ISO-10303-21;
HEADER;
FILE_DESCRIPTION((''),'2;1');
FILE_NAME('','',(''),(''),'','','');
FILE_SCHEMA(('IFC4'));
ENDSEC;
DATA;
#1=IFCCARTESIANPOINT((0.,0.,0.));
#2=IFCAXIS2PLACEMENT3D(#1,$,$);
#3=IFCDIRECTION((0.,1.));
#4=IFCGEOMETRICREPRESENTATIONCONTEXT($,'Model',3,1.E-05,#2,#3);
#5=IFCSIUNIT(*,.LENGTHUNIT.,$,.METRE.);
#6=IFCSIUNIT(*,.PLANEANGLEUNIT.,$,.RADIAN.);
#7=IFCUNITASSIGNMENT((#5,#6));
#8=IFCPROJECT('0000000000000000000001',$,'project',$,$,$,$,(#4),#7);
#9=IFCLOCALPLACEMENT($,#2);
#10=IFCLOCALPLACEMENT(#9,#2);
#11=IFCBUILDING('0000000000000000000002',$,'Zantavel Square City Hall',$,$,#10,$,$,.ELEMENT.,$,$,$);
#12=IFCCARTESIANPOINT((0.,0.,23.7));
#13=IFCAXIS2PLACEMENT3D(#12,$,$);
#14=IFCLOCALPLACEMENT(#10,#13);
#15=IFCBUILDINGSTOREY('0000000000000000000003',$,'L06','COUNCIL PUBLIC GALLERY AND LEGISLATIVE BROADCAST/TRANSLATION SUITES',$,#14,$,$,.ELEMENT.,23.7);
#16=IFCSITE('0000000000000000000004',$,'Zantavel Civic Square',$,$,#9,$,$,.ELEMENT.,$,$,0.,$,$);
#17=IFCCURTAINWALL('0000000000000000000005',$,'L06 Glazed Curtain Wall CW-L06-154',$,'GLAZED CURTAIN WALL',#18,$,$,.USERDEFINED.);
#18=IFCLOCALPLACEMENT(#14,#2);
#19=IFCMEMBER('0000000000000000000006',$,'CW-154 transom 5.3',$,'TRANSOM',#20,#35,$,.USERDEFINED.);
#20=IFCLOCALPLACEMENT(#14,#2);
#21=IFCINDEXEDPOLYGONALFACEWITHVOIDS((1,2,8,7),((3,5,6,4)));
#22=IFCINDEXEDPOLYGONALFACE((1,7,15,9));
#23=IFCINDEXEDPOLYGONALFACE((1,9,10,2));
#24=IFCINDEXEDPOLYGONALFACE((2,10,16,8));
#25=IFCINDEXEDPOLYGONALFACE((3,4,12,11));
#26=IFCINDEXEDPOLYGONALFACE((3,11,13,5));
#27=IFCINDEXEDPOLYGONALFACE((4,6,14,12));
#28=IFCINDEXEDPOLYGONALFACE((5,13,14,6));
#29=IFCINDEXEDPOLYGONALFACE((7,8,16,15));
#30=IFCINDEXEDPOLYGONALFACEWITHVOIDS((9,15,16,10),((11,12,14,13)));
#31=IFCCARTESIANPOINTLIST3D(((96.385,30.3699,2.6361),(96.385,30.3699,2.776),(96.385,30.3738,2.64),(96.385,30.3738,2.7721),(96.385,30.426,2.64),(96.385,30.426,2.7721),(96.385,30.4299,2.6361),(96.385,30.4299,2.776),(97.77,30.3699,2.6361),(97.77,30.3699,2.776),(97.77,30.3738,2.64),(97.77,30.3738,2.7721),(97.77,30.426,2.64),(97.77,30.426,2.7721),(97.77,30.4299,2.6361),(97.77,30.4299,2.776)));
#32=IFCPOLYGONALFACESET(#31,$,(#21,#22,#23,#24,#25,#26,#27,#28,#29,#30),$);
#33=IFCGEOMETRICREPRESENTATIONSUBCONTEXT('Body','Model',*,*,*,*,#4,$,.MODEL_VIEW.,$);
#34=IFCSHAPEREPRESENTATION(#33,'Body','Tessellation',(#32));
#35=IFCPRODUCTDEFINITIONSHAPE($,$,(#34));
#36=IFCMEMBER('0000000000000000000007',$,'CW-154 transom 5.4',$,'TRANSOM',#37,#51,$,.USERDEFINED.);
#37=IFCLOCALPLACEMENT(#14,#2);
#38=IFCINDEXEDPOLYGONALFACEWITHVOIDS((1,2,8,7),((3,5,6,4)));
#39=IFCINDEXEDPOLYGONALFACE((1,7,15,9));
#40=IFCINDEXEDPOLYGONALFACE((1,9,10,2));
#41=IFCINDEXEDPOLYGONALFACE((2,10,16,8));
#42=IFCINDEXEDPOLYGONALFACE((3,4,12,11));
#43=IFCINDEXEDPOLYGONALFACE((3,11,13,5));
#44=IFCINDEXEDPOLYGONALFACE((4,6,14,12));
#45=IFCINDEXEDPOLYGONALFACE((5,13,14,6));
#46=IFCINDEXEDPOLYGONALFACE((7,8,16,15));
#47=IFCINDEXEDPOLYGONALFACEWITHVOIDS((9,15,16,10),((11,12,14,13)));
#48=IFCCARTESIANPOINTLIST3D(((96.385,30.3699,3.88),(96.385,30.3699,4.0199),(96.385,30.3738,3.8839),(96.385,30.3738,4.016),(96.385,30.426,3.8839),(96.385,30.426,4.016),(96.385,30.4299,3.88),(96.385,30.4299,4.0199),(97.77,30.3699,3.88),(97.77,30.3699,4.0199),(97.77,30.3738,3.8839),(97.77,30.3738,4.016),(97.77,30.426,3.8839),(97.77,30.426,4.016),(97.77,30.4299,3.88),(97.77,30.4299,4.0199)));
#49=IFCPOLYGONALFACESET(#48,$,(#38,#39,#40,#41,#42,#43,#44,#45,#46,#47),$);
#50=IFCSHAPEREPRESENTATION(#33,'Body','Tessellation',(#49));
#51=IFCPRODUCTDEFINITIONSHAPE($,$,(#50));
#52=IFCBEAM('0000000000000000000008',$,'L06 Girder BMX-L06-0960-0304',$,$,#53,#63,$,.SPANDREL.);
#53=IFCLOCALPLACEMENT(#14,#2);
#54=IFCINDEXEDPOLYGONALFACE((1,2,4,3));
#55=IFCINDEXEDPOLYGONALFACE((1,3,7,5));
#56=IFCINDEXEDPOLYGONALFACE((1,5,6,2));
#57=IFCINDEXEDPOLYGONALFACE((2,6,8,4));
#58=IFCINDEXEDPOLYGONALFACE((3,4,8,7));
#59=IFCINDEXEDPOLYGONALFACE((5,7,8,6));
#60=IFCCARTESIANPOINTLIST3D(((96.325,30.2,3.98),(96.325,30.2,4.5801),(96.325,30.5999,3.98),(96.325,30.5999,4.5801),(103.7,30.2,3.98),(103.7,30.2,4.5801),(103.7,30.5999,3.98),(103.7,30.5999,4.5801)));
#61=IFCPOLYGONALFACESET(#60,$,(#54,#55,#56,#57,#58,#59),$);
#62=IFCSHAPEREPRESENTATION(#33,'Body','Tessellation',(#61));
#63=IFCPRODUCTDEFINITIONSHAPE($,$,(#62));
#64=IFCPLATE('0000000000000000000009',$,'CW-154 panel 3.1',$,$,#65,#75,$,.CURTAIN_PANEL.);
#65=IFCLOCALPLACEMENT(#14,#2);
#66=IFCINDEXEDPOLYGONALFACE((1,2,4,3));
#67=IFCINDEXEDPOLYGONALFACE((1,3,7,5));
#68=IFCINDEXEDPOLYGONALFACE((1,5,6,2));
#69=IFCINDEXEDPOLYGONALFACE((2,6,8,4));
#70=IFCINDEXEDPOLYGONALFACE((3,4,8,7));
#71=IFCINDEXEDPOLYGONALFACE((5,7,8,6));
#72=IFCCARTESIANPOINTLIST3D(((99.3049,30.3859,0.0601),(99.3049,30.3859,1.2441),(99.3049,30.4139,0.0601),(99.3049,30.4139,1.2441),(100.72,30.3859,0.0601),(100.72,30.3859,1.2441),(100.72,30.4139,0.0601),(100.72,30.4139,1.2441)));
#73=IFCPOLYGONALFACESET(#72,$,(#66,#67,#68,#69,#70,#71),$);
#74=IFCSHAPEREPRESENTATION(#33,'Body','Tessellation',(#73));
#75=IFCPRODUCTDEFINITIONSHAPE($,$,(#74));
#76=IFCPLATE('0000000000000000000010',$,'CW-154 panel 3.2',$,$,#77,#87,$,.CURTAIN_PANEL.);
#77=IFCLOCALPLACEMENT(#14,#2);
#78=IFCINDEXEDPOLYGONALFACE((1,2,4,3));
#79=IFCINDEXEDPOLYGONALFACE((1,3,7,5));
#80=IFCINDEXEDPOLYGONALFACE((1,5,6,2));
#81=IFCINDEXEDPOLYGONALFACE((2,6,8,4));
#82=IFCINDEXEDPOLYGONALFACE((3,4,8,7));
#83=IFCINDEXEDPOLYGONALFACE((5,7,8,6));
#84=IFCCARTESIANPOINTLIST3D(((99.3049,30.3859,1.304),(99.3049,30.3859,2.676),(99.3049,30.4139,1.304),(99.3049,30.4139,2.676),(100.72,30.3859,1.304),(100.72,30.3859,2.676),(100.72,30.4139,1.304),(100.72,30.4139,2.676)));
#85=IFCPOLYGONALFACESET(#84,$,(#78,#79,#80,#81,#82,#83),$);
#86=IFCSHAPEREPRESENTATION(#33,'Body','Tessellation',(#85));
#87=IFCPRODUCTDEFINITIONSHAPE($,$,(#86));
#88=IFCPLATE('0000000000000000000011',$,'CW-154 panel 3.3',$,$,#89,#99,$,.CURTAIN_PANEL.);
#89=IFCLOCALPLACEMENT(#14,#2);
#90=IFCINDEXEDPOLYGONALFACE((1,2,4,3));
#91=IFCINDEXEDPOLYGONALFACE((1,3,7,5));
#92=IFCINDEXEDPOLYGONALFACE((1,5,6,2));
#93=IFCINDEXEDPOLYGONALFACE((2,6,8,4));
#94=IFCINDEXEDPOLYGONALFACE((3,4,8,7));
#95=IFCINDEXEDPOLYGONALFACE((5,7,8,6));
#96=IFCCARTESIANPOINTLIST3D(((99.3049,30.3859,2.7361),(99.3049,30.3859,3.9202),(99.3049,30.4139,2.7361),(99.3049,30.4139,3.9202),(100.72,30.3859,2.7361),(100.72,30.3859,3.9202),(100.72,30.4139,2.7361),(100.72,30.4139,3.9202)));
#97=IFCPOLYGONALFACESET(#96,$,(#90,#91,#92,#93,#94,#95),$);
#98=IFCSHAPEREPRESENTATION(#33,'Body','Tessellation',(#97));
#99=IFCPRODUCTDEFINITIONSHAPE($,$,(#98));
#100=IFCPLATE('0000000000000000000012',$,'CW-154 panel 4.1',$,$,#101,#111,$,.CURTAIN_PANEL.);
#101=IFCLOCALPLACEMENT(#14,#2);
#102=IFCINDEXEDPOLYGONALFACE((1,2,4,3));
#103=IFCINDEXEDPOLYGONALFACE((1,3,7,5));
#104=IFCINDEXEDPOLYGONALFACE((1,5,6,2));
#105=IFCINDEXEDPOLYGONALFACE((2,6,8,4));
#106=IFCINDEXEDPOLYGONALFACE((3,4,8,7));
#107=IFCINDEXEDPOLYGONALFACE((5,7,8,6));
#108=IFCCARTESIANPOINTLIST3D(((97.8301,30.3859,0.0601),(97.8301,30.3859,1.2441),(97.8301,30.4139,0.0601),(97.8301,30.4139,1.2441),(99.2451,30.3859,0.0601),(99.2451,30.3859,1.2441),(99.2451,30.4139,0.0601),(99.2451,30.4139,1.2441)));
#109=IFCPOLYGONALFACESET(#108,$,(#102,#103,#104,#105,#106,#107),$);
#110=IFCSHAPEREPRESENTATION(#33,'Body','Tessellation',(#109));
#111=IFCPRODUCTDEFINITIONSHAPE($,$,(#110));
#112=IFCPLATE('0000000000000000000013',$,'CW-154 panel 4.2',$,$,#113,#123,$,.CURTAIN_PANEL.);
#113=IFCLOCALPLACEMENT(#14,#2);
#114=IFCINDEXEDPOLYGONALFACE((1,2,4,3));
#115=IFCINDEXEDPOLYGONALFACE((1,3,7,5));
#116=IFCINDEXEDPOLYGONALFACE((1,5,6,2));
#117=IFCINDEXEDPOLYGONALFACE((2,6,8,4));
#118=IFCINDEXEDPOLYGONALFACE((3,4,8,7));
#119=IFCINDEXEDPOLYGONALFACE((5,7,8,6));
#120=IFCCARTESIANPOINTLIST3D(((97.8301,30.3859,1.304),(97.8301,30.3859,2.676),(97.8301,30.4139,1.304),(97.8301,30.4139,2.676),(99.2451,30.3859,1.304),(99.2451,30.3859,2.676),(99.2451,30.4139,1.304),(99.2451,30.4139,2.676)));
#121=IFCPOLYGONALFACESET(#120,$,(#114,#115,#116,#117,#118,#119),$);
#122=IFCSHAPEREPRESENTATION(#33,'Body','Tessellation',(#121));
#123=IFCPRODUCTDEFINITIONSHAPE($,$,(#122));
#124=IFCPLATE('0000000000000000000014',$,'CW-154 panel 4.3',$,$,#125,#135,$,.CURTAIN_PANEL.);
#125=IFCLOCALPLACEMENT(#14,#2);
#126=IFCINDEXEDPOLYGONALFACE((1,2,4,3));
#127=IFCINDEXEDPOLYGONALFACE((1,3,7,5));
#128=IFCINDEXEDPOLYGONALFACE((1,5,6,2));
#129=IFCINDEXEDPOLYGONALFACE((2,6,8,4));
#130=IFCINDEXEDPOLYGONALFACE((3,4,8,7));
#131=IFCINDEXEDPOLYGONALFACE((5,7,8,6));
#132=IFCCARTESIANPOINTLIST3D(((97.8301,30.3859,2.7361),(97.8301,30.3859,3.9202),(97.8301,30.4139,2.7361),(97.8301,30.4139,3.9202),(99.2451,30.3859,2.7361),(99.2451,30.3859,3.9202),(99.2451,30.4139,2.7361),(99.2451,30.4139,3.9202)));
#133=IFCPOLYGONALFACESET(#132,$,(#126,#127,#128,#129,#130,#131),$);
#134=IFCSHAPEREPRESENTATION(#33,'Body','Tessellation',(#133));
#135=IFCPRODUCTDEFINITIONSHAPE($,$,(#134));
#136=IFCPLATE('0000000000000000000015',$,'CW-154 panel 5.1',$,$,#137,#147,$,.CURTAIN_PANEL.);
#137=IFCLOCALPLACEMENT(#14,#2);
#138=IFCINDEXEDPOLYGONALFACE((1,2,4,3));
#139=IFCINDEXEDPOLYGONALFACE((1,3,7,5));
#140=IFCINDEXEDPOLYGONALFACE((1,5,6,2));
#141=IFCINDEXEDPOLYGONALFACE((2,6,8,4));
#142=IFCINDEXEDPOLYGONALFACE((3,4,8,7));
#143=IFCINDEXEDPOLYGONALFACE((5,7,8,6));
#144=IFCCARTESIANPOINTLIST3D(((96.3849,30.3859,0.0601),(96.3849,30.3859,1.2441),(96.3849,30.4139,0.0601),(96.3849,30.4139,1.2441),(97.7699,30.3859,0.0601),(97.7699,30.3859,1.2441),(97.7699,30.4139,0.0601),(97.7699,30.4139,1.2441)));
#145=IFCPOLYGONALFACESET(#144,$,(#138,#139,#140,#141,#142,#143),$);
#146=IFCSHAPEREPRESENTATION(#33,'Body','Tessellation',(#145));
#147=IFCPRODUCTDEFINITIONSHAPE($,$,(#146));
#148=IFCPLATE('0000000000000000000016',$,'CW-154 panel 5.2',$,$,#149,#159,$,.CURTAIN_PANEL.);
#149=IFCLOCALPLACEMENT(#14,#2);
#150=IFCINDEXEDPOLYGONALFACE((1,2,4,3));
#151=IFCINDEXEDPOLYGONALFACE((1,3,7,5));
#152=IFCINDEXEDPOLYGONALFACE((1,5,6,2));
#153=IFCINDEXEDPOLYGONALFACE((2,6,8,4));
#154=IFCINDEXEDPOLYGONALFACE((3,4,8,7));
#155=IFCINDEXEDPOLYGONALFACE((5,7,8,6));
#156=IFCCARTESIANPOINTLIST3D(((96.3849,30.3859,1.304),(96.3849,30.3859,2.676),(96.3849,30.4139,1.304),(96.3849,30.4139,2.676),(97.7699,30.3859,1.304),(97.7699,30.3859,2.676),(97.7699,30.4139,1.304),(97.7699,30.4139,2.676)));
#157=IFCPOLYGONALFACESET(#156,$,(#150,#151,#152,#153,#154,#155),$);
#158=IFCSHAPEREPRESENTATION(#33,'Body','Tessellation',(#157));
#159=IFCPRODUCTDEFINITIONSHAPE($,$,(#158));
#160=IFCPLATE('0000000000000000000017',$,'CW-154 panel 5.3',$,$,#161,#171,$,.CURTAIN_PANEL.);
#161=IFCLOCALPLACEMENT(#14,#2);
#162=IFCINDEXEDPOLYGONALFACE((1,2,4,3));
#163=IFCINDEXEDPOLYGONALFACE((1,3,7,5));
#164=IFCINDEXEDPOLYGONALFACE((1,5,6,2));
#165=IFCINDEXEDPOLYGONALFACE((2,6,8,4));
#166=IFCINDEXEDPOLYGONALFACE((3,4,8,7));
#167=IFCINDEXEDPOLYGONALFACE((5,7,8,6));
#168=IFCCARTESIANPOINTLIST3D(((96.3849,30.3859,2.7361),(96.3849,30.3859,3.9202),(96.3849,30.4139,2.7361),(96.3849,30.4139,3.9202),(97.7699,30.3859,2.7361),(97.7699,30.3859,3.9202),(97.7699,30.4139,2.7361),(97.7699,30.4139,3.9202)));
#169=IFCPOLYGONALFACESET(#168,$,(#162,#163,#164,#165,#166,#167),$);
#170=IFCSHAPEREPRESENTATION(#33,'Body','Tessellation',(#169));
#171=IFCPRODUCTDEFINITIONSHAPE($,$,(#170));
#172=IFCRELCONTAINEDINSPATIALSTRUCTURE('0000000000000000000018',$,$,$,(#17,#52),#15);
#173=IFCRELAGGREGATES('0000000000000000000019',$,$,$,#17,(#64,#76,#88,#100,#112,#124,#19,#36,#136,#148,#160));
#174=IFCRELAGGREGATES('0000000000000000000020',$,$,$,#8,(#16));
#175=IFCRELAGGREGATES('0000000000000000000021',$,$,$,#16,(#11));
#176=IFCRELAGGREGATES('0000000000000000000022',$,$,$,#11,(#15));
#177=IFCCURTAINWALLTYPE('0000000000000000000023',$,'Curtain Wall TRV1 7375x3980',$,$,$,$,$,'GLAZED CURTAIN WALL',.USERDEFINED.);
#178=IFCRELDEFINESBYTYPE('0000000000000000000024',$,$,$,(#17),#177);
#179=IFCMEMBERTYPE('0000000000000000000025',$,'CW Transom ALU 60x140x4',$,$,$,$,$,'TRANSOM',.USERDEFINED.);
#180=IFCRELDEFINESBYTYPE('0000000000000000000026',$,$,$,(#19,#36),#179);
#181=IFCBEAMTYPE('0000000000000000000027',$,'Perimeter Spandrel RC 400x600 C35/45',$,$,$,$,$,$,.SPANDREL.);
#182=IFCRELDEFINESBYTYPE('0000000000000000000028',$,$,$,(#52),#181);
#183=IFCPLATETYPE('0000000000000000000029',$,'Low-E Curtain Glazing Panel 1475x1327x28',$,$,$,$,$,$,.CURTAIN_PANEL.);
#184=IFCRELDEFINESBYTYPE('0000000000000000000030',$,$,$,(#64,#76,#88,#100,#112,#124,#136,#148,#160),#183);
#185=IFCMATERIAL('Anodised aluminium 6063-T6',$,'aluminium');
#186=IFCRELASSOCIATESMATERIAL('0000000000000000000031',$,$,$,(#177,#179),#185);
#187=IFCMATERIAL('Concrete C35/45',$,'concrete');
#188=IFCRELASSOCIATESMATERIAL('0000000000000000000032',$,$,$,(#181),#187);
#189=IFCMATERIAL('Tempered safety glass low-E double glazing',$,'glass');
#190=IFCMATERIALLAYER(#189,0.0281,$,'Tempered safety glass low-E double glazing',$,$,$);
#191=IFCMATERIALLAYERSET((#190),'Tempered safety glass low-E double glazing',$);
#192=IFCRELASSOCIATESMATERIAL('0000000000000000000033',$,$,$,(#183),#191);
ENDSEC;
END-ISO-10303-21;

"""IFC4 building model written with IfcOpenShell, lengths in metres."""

from ifc_helpers import new_model, si_unit, direction, frame, origin, origin_2d, place, context, subcontext, project, spatial, rectangle, hollow_rectangle, extrude, material, layer, layer_set, material_profile, profile_set, type_object, element, aggregate, save


model = new_model("IFC4")

# Units and contexts
model_context = context("Model", 3, precision=1e-05, world=origin(), true_north=direction((0.0, 1.0)))
body_context = subcontext(model_context, "Body", "Model", "MODEL_VIEW")
ifc_project = project(units=[si_unit("LENGTHUNIT", "METRE"), si_unit("PLANEANGLEUNIT", "RADIAN")], contexts=[model_context])

# Site, building, storey
site_placement = place(None, origin())
site = spatial("IfcSite", under=ifc_project, at=site_placement, Name="Zantavel Civic Square", CompositionType="ELEMENT", RefElevation=0.0)
building_placement = place(site_placement, origin())
building = spatial("IfcBuilding", under=site, at=building_placement, Name="Zantavel Square City Hall", CompositionType="ELEMENT")
storey_placement = place(building_placement, frame((0.0, 0.0, 23.7)))
storey = spatial("IfcBuildingStorey", under=building, at=storey_placement, Name="L06", Description="COUNCIL PUBLIC GALLERY AND LEGISLATIVE BROADCAST/TRANSLATION SUITES", CompositionType="ELEMENT", Elevation=23.7)

# Curtain wall, members
ifc_material_1 = material(Name="Anodised aluminium 6063-T6", Category="aluminium")
curtain_wall_type = type_object("IfcCurtainWallType", Name="Curtain Wall TRV1 7375x3980", ElementType="GLAZED CURTAIN WALL", PredefinedType="USERDEFINED", material=ifc_material_1)
curtain_wall_placement = place(storey_placement, origin())
curtain_wall = element("IfcCurtainWall", 1, at=curtain_wall_placement, inside=storey, type_object=curtain_wall_type, Name="L06 Glazed Curtain Wall CW-L06-154", ObjectType="GLAZED CURTAIN WALL", PredefinedType="USERDEFINED")
ifc_material_profile_1 = material_profile(ifc_material_1, hollow_rectangle(XDim=0.0601, YDim=0.1399, WallThickness=0.0039, at=origin_2d()), Name="ALU 60x140x4")
ifc_profile_set_1 = profile_set([ifc_material_profile_1], Name="Anodised aluminium 6063-T6")
member_type_1 = type_object("IfcMemberType", Name="CW Transom ALU 60x140x4", ElementType="TRANSOM", PredefinedType="USERDEFINED", material=ifc_profile_set_1)
member_1_placement = place(storey_placement, frame((97.77, 30.3999, 2.7061), z_axis=(-1.0, 0.0, 0.0), x_axis=(0.0, -1.0, 0.0)))
member_1 = element("IfcMember", 2, at=member_1_placement, type_object=member_type_1, Name="CW-154 transom 5.3", ObjectType="TRANSOM", PredefinedType="USERDEFINED", context=body_context, shape_type="SweptSolid", body=[
    extrude(hollow_rectangle(XDim=0.0601, YDim=0.1399, WallThickness=0.0039, at=origin_2d()), origin(), (0.0, 0.0, 1.0), 1.385),
])
member_2_placement = place(storey_placement, frame((97.77, 30.3999, 3.95), z_axis=(-1.0, 0.0, 0.0), x_axis=(0.0, -1.0, 0.0)))
member_2 = element("IfcMember", 3, at=member_2_placement, type_object=member_type_1, Name="CW-154 transom 5.4", ObjectType="TRANSOM", PredefinedType="USERDEFINED", context=body_context, shape_type="SweptSolid", body=[
    extrude(hollow_rectangle(XDim=0.0601, YDim=0.1399, WallThickness=0.0039, at=origin_2d()), origin(), (0.0, 0.0, 1.0), 1.385),
])

# Beam
ifc_material_2 = material(Name="Concrete C35/45", Category="concrete")
ifc_material_profile_2 = material_profile(ifc_material_2, rectangle(XDim=0.3999, YDim=0.6001, at=origin_2d()), Name="RC 400x600")
ifc_profile_set_2 = profile_set([ifc_material_profile_2], Name="Concrete C35/45")
beam_type = type_object("IfcBeamType", Name="Perimeter Spandrel RC 400x600 C35/45", PredefinedType="SPANDREL", material=ifc_profile_set_2)
beam_placement = place(storey_placement, frame((96.325, 30.3999, 4.28), z_axis=(1.0, 0.0, 0.0), x_axis=(0.0, 1.0, 0.0)))
element("IfcBeam", 4, at=beam_placement, inside=storey, type_object=beam_type, Name="L06 Girder BMX-L06-0960-0304", PredefinedType="SPANDREL", context=body_context, shape_type="SweptSolid", body=[
    extrude(rectangle(XDim=0.3999, YDim=0.6001, at=origin_2d()), origin(), (0.0, 0.0, 1.0), 7.375),
])

# Plates
ifc_material_3 = material(Name="Tempered safety glass low-E double glazing", Category="glass")
ifc_layer = layer(ifc_material_3, 0.0281, Name="Tempered safety glass low-E double glazing")
ifc_layer_set = layer_set([ifc_layer], Name="Tempered safety glass low-E double glazing")
plate_type = type_object("IfcPlateType", Name="Low-E Curtain Glazing Panel 1475x1327x28", PredefinedType="CURTAIN_PANEL", material=ifc_layer_set)
plate_1_placement = place(storey_placement, frame((100.0125, 30.3999, 0.0601), z_axis=(0.0, 0.0, 1.0), x_axis=(-1.0, 0.0, 0.0)))
plate_1 = element("IfcPlate", 5, at=plate_1_placement, type_object=plate_type, Name="CW-154 panel 3.1", PredefinedType="CURTAIN_PANEL", context=body_context, shape_type="SweptSolid", body=[
    extrude(rectangle(XDim=1.415, YDim=0.0281, at=origin_2d()), origin(), (0.0, 0.0, 1.0), 1.1841),
])
plate_2_placement = place(storey_placement, frame((100.0125, 30.3999, 1.304), z_axis=(0.0, 0.0, 1.0), x_axis=(-1.0, 0.0, 0.0)))
plate_2 = element("IfcPlate", 6, at=plate_2_placement, type_object=plate_type, Name="CW-154 panel 3.2", PredefinedType="CURTAIN_PANEL", context=body_context, shape_type="SweptSolid", body=[
    extrude(rectangle(XDim=1.415, YDim=0.0281, at=origin_2d()), origin(), (0.0, 0.0, 1.0), 1.3721),
])
plate_3_placement = place(storey_placement, frame((100.0125, 30.3999, 2.7361), z_axis=(0.0, 0.0, 1.0), x_axis=(-1.0, 0.0, 0.0)))
plate_3 = element("IfcPlate", 7, at=plate_3_placement, type_object=plate_type, Name="CW-154 panel 3.3", PredefinedType="CURTAIN_PANEL", context=body_context, shape_type="SweptSolid", body=[
    extrude(rectangle(XDim=1.415, YDim=0.0281, at=origin_2d()), origin(), (0.0, 0.0, 1.0), 1.1841),
])
plate_4_placement = place(storey_placement, frame((98.5376, 30.3999, 0.0601), z_axis=(0.0, 0.0, 1.0), x_axis=(-1.0, 0.0, 0.0)))
plate_4 = element("IfcPlate", 8, at=plate_4_placement, type_object=plate_type, Name="CW-154 panel 4.1", PredefinedType="CURTAIN_PANEL", context=body_context, shape_type="SweptSolid", body=[
    extrude(rectangle(XDim=1.415, YDim=0.0281, at=origin_2d()), origin(), (0.0, 0.0, 1.0), 1.1841),
])
plate_5_placement = place(storey_placement, frame((98.5376, 30.3999, 1.304), z_axis=(0.0, 0.0, 1.0), x_axis=(-1.0, 0.0, 0.0)))
plate_5 = element("IfcPlate", 9, at=plate_5_placement, type_object=plate_type, Name="CW-154 panel 4.2", PredefinedType="CURTAIN_PANEL", context=body_context, shape_type="SweptSolid", body=[
    extrude(rectangle(XDim=1.415, YDim=0.0281, at=origin_2d()), origin(), (0.0, 0.0, 1.0), 1.3721),
])
plate_6_placement = place(storey_placement, frame((98.5376, 30.3999, 2.7361), z_axis=(0.0, 0.0, 1.0), x_axis=(-1.0, 0.0, 0.0)))
plate_6 = element("IfcPlate", 10, at=plate_6_placement, type_object=plate_type, Name="CW-154 panel 4.3", PredefinedType="CURTAIN_PANEL", context=body_context, shape_type="SweptSolid", body=[
    extrude(rectangle(XDim=1.415, YDim=0.0281, at=origin_2d()), origin(), (0.0, 0.0, 1.0), 1.1841),
])
plate_7_placement = place(storey_placement, frame((97.0774, 30.3999, 0.0601), z_axis=(0.0, 0.0, 1.0), x_axis=(-1.0, 0.0, 0.0)))
plate_7 = element("IfcPlate", 11, at=plate_7_placement, type_object=plate_type, Name="CW-154 panel 5.1", PredefinedType="CURTAIN_PANEL", context=body_context, shape_type="SweptSolid", body=[
    extrude(rectangle(XDim=1.385, YDim=0.0281, at=origin_2d()), origin(), (0.0, 0.0, 1.0), 1.1841),
])
plate_8_placement = place(storey_placement, frame((97.0774, 30.3999, 1.304), z_axis=(0.0, 0.0, 1.0), x_axis=(-1.0, 0.0, 0.0)))
plate_8 = element("IfcPlate", 12, at=plate_8_placement, type_object=plate_type, Name="CW-154 panel 5.2", PredefinedType="CURTAIN_PANEL", context=body_context, shape_type="SweptSolid", body=[
    extrude(rectangle(XDim=1.385, YDim=0.0281, at=origin_2d()), origin(), (0.0, 0.0, 1.0), 1.3721),
])
plate_9_placement = place(storey_placement, frame((97.0774, 30.3999, 2.7361), z_axis=(0.0, 0.0, 1.0), x_axis=(-1.0, 0.0, 0.0)))
plate_9 = element("IfcPlate", 13, at=plate_9_placement, type_object=plate_type, Name="CW-154 panel 5.3", PredefinedType="CURTAIN_PANEL", context=body_context, shape_type="SweptSolid", body=[
    extrude(rectangle(XDim=1.385, YDim=0.0281, at=origin_2d()), origin(), (0.0, 0.0, 1.0), 1.1841),
])
aggregate(curtain_wall, [plate_1, plate_2, plate_3, plate_4, plate_5, plate_6, member_1, member_2, plate_7, plate_8, plate_9])

save(model, "model.ifc")
